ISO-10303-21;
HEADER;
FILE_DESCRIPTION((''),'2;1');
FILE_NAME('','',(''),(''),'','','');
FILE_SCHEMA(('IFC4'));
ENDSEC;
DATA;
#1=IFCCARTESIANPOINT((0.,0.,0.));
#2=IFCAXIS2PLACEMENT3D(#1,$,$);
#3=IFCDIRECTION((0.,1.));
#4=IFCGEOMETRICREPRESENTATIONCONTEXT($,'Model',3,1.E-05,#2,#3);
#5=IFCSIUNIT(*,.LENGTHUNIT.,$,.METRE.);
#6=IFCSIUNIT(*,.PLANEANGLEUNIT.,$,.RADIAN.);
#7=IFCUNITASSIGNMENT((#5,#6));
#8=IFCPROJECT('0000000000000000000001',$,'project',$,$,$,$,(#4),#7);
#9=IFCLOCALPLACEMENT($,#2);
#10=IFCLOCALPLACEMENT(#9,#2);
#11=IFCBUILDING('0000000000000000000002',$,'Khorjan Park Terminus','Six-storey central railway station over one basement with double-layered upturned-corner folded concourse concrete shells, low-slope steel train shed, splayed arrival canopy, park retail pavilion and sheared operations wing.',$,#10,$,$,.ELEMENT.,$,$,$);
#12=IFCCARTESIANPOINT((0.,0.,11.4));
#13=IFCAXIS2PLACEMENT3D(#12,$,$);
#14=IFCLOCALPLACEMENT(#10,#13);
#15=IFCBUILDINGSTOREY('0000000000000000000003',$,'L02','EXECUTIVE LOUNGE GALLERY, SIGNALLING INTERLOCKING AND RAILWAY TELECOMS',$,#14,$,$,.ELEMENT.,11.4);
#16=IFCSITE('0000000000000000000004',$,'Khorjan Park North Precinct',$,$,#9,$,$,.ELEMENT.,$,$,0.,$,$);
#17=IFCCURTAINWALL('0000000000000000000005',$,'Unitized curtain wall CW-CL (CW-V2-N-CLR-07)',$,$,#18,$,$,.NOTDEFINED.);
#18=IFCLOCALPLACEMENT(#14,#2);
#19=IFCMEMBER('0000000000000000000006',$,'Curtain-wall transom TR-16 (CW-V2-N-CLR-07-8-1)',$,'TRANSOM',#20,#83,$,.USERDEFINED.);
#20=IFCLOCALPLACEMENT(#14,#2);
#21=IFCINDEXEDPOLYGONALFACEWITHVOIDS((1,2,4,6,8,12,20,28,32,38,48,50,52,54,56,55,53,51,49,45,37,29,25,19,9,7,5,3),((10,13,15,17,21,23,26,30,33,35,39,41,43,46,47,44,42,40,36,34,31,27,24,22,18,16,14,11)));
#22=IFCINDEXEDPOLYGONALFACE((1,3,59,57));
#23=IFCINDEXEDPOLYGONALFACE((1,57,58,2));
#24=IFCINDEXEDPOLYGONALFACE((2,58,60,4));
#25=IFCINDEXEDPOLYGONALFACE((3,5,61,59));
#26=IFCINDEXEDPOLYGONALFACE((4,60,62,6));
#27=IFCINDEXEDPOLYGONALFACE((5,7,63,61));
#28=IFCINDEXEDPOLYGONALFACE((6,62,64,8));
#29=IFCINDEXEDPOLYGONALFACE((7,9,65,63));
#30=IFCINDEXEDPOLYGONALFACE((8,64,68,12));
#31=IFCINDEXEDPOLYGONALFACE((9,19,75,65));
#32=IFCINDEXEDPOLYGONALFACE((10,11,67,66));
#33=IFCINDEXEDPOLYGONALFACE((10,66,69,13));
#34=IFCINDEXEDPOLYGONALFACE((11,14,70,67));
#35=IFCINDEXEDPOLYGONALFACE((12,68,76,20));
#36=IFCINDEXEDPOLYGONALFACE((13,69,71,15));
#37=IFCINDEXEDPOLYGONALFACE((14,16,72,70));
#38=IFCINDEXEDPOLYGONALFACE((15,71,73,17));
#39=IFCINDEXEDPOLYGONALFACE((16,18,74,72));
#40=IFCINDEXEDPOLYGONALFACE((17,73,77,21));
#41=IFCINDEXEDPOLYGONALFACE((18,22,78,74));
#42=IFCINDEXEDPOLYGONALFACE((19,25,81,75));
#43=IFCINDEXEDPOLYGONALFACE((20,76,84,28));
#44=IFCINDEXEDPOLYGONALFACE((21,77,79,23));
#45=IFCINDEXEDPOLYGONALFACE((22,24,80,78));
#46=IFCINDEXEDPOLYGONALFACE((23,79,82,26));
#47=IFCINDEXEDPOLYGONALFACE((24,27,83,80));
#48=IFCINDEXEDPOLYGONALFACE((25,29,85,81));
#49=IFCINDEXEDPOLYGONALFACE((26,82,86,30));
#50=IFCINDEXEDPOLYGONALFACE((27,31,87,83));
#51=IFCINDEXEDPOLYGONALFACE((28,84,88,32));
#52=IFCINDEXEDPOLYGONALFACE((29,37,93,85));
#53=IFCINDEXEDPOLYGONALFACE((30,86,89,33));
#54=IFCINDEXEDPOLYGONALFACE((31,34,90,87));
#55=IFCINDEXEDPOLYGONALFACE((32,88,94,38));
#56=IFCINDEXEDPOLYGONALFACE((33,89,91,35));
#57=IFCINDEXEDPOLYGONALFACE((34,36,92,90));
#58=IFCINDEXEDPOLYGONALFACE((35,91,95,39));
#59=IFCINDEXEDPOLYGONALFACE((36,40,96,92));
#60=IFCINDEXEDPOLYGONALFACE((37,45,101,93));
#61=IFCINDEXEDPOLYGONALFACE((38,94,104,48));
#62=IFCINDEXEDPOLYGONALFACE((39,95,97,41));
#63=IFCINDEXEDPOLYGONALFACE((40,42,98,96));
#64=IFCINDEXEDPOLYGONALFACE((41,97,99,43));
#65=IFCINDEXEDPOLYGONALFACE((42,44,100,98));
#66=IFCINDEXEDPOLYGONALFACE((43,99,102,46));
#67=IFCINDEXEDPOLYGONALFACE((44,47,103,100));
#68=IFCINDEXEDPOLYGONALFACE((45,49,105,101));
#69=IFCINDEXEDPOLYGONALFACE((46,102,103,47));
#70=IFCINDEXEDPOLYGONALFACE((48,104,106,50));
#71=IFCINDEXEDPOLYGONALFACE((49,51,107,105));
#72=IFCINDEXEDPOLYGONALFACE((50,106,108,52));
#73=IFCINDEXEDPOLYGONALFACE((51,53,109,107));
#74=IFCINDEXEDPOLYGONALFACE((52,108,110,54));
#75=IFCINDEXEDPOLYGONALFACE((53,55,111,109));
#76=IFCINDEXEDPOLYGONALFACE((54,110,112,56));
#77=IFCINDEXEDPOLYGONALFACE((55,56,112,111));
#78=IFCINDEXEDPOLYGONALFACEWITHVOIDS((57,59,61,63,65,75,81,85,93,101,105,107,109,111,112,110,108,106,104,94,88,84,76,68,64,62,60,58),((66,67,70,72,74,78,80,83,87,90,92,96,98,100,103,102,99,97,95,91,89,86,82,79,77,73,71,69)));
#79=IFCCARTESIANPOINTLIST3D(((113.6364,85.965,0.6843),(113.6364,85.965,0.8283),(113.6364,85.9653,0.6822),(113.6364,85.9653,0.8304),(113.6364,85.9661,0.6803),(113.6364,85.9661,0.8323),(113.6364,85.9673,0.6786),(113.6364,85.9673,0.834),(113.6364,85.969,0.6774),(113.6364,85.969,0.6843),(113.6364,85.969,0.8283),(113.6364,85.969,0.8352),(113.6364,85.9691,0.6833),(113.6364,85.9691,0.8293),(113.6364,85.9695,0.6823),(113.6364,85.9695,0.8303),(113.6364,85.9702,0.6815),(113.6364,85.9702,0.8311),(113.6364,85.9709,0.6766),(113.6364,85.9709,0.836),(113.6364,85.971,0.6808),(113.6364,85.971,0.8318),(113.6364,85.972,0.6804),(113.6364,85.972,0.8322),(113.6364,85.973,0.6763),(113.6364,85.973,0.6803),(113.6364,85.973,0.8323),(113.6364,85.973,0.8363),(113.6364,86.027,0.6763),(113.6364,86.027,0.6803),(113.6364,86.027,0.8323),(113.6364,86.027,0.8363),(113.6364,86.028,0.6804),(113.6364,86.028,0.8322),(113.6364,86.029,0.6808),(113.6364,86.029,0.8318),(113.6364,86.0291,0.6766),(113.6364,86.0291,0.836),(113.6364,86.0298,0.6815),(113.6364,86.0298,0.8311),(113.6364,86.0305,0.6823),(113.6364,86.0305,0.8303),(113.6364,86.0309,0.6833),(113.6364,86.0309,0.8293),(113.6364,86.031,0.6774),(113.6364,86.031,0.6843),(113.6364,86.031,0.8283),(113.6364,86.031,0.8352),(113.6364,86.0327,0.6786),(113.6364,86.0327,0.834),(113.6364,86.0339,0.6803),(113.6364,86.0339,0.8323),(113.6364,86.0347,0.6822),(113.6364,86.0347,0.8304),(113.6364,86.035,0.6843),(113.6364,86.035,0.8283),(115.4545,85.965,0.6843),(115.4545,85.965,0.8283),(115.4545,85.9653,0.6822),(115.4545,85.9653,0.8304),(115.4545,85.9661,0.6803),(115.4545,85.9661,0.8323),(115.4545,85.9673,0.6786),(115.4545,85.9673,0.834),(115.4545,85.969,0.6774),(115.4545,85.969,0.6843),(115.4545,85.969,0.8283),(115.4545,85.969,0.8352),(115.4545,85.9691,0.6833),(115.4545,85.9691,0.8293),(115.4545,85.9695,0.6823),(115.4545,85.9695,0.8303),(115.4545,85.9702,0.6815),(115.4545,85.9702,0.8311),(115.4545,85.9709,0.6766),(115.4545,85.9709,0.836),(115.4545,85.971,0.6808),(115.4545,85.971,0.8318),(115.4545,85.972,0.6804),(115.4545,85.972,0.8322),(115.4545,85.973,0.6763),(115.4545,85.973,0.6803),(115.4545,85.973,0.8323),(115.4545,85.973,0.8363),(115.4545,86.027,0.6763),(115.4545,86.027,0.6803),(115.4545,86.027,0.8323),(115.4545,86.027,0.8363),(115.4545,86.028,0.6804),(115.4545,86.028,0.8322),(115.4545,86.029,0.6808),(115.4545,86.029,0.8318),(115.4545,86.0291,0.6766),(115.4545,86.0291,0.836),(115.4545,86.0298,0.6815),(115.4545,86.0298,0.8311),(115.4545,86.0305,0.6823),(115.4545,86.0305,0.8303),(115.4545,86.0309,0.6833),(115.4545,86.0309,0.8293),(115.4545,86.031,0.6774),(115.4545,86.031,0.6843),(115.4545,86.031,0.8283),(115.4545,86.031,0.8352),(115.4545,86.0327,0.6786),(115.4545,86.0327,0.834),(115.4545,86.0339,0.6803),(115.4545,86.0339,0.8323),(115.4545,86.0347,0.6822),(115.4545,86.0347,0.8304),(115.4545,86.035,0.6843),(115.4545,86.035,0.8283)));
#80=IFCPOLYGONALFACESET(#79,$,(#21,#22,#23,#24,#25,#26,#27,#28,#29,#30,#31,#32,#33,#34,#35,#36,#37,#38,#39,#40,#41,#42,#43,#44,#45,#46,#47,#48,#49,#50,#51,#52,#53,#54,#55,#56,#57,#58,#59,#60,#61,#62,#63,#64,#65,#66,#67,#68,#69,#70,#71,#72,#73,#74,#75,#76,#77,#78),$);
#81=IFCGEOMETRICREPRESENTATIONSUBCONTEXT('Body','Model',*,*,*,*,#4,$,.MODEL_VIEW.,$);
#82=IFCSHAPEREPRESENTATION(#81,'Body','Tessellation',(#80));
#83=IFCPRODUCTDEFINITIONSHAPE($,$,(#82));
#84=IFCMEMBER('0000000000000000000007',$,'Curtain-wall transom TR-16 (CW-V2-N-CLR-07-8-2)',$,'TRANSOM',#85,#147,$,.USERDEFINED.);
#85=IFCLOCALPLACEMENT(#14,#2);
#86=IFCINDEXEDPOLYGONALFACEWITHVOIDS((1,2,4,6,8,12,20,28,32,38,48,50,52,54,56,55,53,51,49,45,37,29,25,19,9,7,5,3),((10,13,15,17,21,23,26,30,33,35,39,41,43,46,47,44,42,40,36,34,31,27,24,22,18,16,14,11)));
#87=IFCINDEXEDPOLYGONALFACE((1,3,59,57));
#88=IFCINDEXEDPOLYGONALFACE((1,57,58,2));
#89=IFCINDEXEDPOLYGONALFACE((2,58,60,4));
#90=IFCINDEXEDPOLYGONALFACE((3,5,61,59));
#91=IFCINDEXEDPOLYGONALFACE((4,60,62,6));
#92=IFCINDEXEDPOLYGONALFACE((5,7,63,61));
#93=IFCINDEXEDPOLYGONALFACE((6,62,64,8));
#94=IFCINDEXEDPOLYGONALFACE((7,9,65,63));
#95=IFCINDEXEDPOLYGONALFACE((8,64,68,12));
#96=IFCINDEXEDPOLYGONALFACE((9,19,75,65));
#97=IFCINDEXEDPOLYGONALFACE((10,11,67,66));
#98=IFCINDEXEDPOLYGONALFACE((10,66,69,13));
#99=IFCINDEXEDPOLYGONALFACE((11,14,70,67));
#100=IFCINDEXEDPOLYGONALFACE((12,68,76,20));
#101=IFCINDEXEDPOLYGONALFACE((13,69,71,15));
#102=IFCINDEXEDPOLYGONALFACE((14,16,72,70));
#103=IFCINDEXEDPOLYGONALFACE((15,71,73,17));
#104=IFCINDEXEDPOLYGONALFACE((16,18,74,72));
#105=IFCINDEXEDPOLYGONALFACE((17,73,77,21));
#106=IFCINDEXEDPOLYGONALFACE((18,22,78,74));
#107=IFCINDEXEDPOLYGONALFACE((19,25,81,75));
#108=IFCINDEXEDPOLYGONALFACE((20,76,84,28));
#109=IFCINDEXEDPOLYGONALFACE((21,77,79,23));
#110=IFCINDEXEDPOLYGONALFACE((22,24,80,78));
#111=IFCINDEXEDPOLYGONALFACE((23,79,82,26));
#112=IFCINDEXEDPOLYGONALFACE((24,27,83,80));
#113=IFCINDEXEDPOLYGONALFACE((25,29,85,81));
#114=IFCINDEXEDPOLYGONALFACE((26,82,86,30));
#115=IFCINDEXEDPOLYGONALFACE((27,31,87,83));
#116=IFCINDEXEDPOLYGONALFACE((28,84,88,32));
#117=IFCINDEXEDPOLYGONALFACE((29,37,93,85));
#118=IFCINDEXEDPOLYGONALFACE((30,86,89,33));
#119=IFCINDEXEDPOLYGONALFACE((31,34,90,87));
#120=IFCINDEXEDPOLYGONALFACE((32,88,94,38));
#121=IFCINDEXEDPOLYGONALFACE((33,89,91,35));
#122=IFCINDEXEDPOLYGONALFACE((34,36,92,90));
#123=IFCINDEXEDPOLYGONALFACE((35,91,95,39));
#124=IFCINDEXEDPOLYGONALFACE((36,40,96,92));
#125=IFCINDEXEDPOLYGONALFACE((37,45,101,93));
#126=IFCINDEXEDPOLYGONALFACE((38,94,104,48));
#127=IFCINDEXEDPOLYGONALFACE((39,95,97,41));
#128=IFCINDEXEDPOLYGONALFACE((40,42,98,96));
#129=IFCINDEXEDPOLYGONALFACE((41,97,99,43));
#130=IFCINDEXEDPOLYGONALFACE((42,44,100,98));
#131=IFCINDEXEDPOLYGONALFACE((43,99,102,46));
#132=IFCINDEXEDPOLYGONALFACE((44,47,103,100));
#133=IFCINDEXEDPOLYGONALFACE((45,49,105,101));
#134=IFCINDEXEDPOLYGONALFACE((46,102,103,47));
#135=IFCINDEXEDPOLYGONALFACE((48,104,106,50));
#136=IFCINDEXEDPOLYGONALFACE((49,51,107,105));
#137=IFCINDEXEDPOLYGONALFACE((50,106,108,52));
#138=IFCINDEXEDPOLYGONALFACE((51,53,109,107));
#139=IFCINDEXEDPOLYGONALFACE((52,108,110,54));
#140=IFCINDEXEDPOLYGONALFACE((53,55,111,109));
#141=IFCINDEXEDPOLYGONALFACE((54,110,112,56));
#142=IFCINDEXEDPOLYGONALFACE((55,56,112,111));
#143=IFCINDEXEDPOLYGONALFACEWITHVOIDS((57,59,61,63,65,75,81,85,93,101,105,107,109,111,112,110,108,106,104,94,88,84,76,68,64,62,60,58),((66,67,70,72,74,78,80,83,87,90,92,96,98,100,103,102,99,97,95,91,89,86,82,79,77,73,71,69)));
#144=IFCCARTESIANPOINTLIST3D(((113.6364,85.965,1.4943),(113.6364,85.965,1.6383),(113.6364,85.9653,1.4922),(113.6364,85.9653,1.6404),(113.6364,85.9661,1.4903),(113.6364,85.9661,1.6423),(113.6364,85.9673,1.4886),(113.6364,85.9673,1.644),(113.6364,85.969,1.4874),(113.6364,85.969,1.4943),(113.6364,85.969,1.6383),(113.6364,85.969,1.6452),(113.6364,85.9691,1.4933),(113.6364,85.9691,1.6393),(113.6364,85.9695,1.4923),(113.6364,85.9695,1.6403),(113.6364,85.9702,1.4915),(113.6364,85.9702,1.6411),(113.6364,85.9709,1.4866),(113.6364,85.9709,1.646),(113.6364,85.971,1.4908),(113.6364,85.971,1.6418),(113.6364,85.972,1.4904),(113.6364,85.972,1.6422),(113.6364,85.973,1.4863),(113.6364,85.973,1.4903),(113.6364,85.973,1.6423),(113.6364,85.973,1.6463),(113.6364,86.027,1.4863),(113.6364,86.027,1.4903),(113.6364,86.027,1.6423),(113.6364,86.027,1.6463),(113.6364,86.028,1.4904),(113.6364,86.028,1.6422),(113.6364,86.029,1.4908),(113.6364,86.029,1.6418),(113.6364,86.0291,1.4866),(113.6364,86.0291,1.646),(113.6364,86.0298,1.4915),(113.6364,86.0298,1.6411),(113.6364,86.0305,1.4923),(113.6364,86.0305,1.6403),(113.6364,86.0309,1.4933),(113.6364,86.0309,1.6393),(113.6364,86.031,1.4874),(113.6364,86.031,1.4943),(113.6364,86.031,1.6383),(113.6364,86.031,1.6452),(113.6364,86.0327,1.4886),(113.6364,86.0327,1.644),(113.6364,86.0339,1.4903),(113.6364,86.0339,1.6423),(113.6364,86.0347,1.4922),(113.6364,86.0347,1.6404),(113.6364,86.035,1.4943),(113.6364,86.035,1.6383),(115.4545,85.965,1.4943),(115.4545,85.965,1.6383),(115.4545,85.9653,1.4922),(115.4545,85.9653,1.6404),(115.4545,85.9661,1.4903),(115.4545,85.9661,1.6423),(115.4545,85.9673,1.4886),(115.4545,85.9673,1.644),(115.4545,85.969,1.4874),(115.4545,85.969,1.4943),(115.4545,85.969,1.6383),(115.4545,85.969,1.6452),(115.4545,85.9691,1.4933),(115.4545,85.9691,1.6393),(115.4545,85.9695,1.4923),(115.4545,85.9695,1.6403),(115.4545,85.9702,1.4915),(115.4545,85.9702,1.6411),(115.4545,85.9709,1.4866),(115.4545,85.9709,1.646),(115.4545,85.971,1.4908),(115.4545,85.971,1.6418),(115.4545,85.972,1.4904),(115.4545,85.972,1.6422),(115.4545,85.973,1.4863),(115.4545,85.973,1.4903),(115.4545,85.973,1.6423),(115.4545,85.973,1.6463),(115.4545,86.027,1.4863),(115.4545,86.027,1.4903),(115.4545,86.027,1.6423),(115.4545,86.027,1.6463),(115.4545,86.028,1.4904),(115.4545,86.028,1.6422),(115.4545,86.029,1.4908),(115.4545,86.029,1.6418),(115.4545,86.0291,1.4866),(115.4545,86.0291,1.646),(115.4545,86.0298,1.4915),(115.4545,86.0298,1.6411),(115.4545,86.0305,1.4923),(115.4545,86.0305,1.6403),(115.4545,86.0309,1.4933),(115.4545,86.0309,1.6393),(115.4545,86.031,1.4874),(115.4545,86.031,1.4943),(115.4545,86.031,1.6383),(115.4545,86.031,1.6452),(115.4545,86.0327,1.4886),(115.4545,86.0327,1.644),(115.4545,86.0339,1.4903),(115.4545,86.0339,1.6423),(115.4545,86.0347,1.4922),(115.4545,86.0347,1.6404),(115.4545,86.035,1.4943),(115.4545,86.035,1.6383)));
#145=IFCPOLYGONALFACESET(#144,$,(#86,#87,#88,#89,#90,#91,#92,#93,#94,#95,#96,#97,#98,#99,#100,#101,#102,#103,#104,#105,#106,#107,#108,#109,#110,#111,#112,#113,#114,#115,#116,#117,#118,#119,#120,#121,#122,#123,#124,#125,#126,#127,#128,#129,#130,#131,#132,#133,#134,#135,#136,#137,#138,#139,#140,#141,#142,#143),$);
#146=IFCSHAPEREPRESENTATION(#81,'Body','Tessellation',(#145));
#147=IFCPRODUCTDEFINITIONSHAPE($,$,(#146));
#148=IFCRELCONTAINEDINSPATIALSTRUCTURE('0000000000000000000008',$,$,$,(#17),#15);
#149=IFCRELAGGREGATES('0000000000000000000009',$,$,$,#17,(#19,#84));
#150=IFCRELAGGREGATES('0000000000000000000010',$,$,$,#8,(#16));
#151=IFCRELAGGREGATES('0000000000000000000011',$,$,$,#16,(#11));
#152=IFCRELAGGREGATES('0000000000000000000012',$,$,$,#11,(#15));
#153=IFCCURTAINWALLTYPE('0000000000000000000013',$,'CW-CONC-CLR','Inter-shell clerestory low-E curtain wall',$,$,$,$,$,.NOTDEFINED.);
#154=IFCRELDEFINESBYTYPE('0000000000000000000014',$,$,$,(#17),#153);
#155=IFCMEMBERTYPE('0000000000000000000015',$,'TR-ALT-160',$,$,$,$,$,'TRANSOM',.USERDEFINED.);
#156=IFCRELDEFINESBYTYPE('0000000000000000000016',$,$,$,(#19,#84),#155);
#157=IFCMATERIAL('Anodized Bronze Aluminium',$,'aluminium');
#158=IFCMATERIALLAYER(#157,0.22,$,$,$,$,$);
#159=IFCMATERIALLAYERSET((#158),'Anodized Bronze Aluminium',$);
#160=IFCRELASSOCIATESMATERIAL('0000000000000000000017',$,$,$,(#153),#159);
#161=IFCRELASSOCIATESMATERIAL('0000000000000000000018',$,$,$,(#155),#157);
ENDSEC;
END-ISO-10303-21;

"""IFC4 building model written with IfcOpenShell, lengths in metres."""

from ifc_helpers import new_model, si_unit, direction, frame, origin, origin_2d, place, context, subcontext, project, spatial, hollow_rectangle, extrude, material, layer, layer_set, material_profile, profile_set, type_object, element, aggregate, save


model = new_model("IFC4")

# Units and contexts
model_context = context("Model", 3, precision=1e-05, world=origin(), true_north=direction((0.0, 1.0)))
body_context = subcontext(model_context, "Body", "Model", "MODEL_VIEW")
ifc_project = project(units=[si_unit("LENGTHUNIT", "METRE"), si_unit("PLANEANGLEUNIT", "RADIAN")], contexts=[model_context])

# Site, building, storey
site_placement = place(None, origin())
site = spatial("IfcSite", under=ifc_project, at=site_placement, Name="Khorjan Park North Precinct", CompositionType="ELEMENT", RefElevation=0.0)
building_placement = place(site_placement, origin())
building = spatial("IfcBuilding", under=site, at=building_placement, Name="Khorjan Park Terminus", Description="Six-storey central railway station over one basement with double-layered upturned-corner folded concourse concrete shells, low-slope steel train shed, splayed arrival canopy, park retail pavilion and sheared operations wing.", CompositionType="ELEMENT")
storey_placement = place(building_placement, frame((0.0, 0.0, 11.4)))
storey = spatial("IfcBuildingStorey", under=building, at=storey_placement, Name="L02", Description="EXECUTIVE LOUNGE GALLERY, SIGNALLING INTERLOCKING AND RAILWAY TELECOMS", CompositionType="ELEMENT", Elevation=11.4)

# Curtain wall
ifc_material_1 = material(Name="Anodized Bronze Aluminium", Category="aluminium")
ifc_layer_1 = layer(ifc_material_1, 0.22)
ifc_layer_set_1 = layer_set([ifc_layer_1], Name="Anodized Bronze Aluminium")
curtain_wall_type = type_object("IfcCurtainWallType", Name="CW-CONC-CLR", Description="Inter-shell clerestory low-E curtain wall", PredefinedType="NOTDEFINED", material=ifc_layer_set_1)
curtain_wall_placement = place(storey_placement, origin())
curtain_wall = element("IfcCurtainWall", 1, at=curtain_wall_placement, inside=storey, type_object=curtain_wall_type, Name="Unitized curtain wall CW-CL (CW-V2-N-CLR-07)", PredefinedType="NOTDEFINED")

# Members
ifc_material_profile_1 = material_profile(ifc_material_1, hollow_rectangle(XDim=0.07, YDim=0.16, WallThickness=0.004, InnerFilletRadius=0.004, OuterFilletRadius=0.008, at=origin_2d()), Name="ALT 70x160x4")
ifc_profile_set_1 = profile_set([ifc_material_profile_1], Name="Anodized Bronze Aluminium")
member_type_1 = type_object("IfcMemberType", Name="TR-ALT-160", ElementType="TRANSOM", PredefinedType="USERDEFINED", material=ifc_profile_set_1)
member_1_placement = place(storey_placement, frame((115.4545, 86.0, 0.7563), z_axis=(-1.0, 0.0, 0.0), x_axis=(0.0, -1.0, 0.0)))
member_1 = element("IfcMember", 2, at=member_1_placement, type_object=member_type_1, Name="Curtain-wall transom TR-16 (CW-V2-N-CLR-07-8-1)", ObjectType="TRANSOM", PredefinedType="USERDEFINED", context=body_context, shape_type="SweptSolid", body=[
    extrude(hollow_rectangle(XDim=0.07, YDim=0.16, WallThickness=0.004, InnerFilletRadius=0.004, OuterFilletRadius=0.008, at=origin_2d()), origin(), (0.0, 0.0, 1.0), 1.8181),
])
member_2_placement = place(storey_placement, frame((115.4545, 86.0, 1.5663), z_axis=(-1.0, 0.0, 0.0), x_axis=(0.0, -1.0, 0.0)))
member_2 = element("IfcMember", 3, at=member_2_placement, type_object=member_type_1, Name="Curtain-wall transom TR-16 (CW-V2-N-CLR-07-8-2)", ObjectType="TRANSOM", PredefinedType="USERDEFINED", context=body_context, shape_type="SweptSolid", body=[
    extrude(hollow_rectangle(XDim=0.07, YDim=0.16, WallThickness=0.004, InnerFilletRadius=0.004, OuterFilletRadius=0.008, at=origin_2d()), origin(), (0.0, 0.0, 1.0), 1.8181),
])

aggregate(curtain_wall, [member_1, member_2])

save(model, "model.ifc")
